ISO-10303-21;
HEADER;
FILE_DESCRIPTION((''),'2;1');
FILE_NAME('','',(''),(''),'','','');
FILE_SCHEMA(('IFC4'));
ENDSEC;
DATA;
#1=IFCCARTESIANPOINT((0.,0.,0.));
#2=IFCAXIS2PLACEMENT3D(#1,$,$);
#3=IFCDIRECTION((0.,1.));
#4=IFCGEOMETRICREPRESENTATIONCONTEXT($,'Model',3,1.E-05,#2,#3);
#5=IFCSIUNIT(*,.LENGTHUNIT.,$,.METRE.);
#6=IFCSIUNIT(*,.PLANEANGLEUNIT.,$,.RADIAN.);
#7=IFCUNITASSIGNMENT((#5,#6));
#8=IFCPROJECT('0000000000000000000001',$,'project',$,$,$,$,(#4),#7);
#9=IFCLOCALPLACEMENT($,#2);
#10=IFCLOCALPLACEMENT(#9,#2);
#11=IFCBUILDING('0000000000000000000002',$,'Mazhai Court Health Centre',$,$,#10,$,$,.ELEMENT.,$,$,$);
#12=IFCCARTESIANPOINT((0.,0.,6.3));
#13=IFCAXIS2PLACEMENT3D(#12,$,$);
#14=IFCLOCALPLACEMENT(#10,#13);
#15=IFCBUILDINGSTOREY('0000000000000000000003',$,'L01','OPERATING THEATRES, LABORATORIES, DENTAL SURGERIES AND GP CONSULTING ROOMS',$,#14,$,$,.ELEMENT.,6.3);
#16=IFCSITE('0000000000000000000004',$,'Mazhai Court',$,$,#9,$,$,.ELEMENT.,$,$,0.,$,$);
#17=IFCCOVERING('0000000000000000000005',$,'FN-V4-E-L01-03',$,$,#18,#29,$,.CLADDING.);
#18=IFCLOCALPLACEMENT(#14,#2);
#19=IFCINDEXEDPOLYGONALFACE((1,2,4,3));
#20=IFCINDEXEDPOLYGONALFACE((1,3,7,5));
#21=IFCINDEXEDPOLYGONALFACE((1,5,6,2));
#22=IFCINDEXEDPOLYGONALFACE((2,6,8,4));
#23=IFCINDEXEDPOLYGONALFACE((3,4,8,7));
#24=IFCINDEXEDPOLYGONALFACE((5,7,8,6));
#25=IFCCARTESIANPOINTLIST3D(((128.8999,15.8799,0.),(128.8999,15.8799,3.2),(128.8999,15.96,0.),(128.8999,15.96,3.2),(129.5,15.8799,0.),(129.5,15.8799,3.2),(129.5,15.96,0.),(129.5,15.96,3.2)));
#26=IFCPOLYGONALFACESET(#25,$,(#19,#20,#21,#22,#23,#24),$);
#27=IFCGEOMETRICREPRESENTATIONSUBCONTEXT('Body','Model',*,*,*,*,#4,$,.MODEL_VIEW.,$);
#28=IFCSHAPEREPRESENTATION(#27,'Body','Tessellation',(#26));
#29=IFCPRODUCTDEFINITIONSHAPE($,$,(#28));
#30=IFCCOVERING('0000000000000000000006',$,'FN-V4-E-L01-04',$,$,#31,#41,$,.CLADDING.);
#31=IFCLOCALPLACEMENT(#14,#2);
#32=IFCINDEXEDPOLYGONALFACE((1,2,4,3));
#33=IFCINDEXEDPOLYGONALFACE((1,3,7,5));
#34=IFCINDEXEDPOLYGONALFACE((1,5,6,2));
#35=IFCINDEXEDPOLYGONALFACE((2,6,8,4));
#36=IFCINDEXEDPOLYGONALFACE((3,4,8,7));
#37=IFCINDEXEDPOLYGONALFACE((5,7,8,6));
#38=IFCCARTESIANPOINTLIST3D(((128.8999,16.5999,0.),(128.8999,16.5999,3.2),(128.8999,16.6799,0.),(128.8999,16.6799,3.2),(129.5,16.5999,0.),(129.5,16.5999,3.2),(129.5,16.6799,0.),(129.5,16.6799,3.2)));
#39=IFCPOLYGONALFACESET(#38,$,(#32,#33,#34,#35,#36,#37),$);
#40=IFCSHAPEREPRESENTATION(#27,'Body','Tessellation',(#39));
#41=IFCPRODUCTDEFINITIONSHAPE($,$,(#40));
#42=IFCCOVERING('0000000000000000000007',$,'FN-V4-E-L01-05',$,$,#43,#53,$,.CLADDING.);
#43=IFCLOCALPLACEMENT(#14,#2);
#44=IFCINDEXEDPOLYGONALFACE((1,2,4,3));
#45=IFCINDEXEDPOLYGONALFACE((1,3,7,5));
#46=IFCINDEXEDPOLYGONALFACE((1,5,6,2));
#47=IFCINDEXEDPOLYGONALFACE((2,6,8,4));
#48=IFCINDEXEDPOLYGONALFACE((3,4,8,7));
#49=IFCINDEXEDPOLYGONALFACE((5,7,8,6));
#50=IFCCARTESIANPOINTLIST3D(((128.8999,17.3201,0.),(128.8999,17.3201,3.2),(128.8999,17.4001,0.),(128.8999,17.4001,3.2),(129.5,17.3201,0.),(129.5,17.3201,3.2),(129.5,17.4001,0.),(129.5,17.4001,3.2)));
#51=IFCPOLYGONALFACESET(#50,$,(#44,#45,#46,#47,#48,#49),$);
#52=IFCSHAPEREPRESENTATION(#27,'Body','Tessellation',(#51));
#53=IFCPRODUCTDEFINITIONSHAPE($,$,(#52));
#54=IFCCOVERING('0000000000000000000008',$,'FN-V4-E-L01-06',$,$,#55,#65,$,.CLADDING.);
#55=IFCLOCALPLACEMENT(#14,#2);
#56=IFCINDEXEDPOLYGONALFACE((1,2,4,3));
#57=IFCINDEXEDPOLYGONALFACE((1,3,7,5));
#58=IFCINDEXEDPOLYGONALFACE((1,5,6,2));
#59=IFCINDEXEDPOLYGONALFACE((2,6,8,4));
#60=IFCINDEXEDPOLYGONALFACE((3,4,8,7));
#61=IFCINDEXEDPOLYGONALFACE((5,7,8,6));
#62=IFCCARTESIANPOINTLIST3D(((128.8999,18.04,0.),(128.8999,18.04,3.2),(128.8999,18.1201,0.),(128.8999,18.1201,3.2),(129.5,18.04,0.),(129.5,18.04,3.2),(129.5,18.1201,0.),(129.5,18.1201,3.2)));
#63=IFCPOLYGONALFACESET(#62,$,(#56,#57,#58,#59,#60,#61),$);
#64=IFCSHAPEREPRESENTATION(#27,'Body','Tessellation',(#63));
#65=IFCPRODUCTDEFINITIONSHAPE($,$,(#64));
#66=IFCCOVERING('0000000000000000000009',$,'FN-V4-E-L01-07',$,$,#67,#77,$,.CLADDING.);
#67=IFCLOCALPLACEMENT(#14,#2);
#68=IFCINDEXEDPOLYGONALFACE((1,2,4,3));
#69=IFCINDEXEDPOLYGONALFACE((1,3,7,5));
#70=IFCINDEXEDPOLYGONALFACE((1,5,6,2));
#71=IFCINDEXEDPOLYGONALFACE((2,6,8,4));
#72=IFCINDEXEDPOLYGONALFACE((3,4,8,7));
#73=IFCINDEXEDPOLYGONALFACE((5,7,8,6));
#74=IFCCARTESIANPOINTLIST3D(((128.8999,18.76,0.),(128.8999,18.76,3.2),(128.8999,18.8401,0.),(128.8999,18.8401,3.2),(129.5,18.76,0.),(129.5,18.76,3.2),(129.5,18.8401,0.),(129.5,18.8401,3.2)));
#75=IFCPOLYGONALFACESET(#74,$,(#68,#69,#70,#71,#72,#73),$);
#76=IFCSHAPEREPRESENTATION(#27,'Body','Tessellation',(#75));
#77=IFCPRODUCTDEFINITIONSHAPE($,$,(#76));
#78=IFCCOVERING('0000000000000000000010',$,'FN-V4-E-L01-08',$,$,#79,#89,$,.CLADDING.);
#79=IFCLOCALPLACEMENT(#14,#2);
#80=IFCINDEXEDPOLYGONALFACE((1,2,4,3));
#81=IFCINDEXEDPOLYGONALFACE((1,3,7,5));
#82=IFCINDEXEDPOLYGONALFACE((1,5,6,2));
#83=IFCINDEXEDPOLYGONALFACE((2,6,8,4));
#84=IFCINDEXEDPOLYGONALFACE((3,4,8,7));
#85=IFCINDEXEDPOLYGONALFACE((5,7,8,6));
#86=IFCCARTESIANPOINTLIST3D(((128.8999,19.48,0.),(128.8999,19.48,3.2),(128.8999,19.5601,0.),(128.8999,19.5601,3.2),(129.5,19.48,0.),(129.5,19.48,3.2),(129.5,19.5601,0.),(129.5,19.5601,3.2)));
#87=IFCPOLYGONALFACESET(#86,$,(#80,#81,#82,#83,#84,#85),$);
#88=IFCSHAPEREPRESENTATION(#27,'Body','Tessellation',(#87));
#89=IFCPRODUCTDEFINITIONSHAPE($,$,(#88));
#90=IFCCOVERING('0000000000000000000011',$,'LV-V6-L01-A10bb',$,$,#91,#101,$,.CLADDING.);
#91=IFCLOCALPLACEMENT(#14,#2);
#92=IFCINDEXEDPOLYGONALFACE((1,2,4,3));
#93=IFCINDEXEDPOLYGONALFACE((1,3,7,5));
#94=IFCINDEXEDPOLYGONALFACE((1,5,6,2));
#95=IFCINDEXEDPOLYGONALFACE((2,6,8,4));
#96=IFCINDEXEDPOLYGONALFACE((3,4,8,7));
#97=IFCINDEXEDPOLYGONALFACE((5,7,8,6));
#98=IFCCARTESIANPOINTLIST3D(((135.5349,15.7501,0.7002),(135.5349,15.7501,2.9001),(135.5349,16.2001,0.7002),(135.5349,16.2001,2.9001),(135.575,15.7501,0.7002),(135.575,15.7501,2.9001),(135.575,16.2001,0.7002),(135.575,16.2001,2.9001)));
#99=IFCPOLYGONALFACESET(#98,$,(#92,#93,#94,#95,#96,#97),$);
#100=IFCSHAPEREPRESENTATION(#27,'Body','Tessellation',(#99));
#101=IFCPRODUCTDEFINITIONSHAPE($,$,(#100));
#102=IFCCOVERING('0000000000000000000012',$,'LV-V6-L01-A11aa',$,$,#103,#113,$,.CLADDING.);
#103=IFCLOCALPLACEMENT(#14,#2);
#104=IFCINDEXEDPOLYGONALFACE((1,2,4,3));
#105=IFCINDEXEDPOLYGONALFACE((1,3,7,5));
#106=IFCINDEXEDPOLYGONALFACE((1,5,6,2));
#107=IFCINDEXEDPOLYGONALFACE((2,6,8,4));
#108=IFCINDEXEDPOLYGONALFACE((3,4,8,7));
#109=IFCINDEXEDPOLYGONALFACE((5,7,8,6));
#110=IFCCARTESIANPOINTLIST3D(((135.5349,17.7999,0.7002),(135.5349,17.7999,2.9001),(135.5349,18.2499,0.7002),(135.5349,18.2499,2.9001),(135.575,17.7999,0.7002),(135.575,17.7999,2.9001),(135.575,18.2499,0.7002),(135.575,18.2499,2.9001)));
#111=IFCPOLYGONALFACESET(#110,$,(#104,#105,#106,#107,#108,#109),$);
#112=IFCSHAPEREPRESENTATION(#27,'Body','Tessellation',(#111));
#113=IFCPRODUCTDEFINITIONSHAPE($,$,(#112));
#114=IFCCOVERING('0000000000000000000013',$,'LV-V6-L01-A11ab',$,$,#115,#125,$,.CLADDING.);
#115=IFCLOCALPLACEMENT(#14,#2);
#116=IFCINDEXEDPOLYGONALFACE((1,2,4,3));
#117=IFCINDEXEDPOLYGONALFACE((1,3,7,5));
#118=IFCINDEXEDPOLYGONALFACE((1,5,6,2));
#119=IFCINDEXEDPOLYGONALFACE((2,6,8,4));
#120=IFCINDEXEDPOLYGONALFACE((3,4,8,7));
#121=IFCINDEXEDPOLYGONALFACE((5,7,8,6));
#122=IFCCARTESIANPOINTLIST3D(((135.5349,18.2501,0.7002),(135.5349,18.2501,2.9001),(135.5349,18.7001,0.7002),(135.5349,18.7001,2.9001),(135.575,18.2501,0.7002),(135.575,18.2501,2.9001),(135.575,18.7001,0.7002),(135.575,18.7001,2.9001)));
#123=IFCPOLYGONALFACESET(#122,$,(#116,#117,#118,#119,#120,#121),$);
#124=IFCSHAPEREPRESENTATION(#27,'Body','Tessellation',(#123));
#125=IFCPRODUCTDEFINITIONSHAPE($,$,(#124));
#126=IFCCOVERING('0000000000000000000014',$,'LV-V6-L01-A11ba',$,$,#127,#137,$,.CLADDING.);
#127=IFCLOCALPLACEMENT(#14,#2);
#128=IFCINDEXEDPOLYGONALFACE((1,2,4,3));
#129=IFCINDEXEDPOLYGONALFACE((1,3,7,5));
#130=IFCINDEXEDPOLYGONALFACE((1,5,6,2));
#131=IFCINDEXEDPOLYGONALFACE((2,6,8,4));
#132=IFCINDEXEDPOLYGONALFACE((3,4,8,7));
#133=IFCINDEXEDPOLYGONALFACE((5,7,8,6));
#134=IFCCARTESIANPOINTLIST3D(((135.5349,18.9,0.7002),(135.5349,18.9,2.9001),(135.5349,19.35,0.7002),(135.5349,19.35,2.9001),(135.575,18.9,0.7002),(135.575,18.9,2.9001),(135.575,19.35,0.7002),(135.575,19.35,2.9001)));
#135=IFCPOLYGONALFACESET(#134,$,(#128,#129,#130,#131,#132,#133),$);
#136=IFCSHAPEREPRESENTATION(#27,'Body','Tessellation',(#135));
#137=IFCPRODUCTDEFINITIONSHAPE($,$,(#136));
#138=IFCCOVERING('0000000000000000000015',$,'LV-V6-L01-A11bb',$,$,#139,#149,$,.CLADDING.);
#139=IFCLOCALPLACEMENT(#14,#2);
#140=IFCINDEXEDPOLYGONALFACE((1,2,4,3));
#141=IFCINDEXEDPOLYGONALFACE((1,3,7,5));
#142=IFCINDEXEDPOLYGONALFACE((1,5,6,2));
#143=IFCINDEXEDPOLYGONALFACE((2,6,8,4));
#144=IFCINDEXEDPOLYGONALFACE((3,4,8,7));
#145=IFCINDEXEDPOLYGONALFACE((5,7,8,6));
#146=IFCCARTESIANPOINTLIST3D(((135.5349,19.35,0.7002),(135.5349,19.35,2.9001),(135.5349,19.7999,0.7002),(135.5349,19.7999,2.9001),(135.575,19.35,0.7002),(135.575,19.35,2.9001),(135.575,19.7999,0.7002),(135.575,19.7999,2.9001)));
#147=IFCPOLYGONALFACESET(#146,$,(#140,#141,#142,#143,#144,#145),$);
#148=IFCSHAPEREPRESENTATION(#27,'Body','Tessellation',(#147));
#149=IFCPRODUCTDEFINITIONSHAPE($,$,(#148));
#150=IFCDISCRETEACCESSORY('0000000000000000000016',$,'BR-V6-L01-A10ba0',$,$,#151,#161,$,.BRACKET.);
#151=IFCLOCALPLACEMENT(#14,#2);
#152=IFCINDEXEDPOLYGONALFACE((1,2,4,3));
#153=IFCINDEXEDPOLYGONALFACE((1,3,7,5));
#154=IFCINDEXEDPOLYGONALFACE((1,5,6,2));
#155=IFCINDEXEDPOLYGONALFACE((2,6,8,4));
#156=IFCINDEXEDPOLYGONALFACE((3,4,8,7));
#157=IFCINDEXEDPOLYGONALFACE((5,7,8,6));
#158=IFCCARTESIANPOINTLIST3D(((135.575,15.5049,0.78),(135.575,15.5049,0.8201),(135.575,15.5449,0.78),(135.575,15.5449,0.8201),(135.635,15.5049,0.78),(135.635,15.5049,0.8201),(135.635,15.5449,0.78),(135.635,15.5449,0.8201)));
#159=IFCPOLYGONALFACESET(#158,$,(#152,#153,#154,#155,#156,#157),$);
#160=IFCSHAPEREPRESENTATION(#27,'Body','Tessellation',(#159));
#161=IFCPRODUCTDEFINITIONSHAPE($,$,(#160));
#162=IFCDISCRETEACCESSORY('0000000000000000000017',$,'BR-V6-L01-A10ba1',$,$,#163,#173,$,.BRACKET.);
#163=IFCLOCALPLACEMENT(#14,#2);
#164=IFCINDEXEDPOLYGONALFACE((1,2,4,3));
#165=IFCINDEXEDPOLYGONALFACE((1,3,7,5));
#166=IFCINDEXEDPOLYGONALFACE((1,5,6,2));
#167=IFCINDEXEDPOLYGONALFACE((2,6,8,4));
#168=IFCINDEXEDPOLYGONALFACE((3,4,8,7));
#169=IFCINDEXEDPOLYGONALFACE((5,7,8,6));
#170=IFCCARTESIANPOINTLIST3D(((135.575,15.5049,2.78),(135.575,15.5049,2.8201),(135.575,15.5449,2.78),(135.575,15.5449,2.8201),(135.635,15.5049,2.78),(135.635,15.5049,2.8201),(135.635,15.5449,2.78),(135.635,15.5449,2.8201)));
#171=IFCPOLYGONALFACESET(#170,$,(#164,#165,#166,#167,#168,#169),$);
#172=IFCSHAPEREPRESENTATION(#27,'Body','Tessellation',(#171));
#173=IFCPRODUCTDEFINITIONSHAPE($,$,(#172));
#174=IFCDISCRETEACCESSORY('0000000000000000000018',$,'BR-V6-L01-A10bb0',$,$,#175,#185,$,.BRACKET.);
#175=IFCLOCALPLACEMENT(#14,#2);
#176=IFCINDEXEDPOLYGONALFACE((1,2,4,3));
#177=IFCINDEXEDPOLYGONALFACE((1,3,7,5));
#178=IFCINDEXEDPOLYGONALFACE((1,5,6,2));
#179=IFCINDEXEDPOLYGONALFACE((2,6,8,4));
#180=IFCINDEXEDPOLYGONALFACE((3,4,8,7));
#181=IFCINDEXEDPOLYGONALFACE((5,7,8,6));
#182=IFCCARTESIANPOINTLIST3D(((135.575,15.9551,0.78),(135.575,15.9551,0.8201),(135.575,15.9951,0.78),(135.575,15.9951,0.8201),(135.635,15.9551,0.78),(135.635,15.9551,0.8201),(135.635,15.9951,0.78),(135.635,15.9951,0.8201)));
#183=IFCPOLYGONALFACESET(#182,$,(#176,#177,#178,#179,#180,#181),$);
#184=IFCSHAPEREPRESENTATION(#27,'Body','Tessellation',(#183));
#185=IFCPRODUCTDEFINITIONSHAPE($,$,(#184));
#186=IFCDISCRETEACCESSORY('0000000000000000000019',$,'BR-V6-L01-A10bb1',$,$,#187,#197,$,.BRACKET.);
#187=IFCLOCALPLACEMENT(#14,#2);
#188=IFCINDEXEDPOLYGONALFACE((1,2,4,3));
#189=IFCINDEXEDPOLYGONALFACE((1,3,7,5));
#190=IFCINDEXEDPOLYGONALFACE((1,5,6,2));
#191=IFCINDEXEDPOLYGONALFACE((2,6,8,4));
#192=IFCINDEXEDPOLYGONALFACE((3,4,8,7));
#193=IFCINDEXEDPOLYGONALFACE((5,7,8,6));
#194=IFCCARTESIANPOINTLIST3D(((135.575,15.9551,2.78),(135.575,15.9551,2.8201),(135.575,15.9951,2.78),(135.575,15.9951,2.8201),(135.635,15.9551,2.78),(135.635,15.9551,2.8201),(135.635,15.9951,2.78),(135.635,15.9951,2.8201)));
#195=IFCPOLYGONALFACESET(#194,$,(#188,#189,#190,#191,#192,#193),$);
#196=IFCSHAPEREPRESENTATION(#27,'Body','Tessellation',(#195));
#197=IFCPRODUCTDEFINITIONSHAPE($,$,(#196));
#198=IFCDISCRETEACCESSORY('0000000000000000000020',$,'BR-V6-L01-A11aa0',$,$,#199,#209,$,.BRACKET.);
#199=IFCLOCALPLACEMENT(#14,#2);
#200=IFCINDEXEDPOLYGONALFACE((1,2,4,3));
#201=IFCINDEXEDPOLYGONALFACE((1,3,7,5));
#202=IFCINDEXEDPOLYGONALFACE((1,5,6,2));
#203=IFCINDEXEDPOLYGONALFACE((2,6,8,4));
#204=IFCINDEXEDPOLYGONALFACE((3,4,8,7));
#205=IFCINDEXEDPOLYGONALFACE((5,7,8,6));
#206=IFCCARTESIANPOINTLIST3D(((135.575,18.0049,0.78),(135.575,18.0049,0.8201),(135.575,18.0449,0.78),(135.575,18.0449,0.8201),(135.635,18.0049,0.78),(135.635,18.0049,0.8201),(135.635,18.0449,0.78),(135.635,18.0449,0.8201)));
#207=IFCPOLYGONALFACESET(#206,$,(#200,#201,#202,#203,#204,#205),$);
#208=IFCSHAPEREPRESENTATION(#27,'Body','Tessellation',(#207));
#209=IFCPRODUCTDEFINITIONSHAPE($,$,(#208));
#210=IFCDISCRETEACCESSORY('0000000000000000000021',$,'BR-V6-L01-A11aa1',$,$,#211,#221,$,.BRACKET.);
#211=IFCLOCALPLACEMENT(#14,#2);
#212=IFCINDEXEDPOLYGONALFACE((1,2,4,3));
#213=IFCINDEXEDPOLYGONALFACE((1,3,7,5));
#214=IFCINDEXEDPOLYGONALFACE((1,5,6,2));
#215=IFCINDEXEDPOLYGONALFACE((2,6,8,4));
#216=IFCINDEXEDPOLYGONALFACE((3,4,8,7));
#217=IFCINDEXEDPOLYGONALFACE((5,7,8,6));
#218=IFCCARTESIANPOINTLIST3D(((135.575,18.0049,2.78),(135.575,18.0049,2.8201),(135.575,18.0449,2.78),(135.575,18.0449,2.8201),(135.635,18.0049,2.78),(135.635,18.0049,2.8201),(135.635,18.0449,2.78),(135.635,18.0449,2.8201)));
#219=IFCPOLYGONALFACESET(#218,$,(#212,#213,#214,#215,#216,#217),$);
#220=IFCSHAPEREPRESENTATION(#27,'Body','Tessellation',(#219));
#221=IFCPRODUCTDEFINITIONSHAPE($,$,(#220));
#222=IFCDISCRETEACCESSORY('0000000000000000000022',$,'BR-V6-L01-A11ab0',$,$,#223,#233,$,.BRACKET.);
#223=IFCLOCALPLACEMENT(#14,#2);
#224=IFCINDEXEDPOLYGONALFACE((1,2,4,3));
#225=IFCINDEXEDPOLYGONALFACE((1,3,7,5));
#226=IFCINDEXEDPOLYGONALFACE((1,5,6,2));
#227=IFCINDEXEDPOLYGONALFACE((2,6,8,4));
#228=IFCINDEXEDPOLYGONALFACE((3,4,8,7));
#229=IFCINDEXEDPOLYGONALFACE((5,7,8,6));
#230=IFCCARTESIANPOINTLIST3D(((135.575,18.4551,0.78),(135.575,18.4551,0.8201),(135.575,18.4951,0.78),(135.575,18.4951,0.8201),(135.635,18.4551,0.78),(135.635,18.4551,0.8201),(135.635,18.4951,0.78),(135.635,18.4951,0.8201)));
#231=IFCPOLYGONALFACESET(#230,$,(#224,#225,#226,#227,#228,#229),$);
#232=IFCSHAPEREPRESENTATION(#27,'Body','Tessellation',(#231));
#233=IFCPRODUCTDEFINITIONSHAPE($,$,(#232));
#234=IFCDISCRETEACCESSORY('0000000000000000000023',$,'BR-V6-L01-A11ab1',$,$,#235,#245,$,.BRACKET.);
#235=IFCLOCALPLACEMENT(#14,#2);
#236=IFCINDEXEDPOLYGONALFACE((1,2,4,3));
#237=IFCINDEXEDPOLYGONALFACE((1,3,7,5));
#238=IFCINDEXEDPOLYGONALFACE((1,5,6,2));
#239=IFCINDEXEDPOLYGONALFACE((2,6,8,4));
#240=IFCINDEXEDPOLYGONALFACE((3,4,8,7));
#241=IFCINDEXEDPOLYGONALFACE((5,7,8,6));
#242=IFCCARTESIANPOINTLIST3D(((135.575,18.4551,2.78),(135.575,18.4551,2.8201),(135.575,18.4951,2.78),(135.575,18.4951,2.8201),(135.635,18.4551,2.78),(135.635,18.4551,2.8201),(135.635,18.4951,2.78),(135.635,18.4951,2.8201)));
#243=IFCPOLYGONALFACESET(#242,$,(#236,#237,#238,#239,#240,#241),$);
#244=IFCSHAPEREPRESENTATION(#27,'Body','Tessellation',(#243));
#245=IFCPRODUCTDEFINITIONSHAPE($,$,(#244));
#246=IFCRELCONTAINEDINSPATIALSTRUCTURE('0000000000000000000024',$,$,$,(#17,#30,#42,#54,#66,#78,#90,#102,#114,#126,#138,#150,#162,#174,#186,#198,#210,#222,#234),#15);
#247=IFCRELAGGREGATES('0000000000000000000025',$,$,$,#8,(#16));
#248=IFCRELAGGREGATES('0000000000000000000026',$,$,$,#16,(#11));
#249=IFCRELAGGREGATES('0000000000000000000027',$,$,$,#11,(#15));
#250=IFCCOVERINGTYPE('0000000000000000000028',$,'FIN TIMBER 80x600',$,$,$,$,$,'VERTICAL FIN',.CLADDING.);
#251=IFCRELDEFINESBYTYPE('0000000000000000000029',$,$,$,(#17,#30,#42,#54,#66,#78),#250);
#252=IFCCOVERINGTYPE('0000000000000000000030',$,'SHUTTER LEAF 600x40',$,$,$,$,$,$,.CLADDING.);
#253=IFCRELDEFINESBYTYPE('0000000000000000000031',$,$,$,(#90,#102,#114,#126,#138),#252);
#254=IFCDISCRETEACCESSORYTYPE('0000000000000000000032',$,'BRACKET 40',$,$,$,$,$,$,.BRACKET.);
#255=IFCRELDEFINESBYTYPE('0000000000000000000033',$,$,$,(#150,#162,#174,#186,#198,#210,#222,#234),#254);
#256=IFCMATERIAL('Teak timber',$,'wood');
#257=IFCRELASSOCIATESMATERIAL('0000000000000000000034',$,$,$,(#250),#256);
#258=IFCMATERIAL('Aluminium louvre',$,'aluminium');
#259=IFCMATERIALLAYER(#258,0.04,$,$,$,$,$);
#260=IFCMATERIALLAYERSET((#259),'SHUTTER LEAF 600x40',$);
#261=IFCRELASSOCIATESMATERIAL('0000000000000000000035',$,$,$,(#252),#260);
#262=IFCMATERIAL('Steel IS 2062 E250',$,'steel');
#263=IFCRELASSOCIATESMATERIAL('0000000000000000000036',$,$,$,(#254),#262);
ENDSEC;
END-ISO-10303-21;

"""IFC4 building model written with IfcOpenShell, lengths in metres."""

from ifc_helpers import new_model, si_unit, direction, frame, origin, origin_2d, place, context, subcontext, project, spatial, rectangle, extrude, material, layer, layer_set, type_object, element, save


model = new_model("IFC4")

# Units and contexts
model_context = context("Model", 3, precision=1e-05, world=origin(), true_north=direction((0.0, 1.0)))
body_context = subcontext(model_context, "Body", "Model", "MODEL_VIEW")
ifc_project = project(units=[si_unit("LENGTHUNIT", "METRE"), si_unit("PLANEANGLEUNIT", "RADIAN")], contexts=[model_context])

# Site, building, storey
site_placement = place(None, origin())
site = spatial("IfcSite", under=ifc_project, at=site_placement, Name="Mazhai Court", CompositionType="ELEMENT", RefElevation=0.0)
building_placement = place(site_placement, origin())
building = spatial("IfcBuilding", under=site, at=building_placement, Name="Mazhai Court Health Centre", CompositionType="ELEMENT")
storey_placement = place(building_placement, frame((0.0, 0.0, 6.3)))
storey = spatial("IfcBuildingStorey", under=building, at=storey_placement, Name="L01", Description="OPERATING THEATRES, LABORATORIES, DENTAL SURGERIES AND GP CONSULTING ROOMS", CompositionType="ELEMENT", Elevation=6.3)

# Coverings
ifc_material_1 = material(Name="Teak timber", Category="wood")
covering_type_1 = type_object("IfcCoveringType", Name="FIN TIMBER 80x600", ElementType="VERTICAL FIN", PredefinedType="CLADDING", material=ifc_material_1)
for number, where, z_axis, x_axis, name in (
    (1, (129.2, 15.9199, 0.0), (0.0, 0.0, 1.0), (0.0, 1.0, 0.0), "FN-V4-E-L01-03"),
    (2, (129.2, 16.6399, 0.0), (0.0, 0.0, 1.0), (0.0, 1.0, 0.0), "FN-V4-E-L01-04"),
    (3, (129.2, 17.3601, 0.0), (0.0, 0.0, 1.0), (0.0, 1.0, 0.0), "FN-V4-E-L01-05"),
    (4, (129.2, 18.0801, 0.0), (0.0, 0.0, 1.0), (0.0, 1.0, 0.0), "FN-V4-E-L01-06"),
    (5, (129.2, 18.8, 0.0), (0.0, 0.0, 1.0), (0.0, 1.0, 0.0), "FN-V4-E-L01-07"),
    (6, (129.2, 19.52, 0.0), (0.0, 0.0, 1.0), (0.0, 1.0, 0.0), "FN-V4-E-L01-08"),
):
    element("IfcCovering", number, at=place(storey_placement, frame(where, z_axis=z_axis, x_axis=x_axis)), inside=storey, type_object=covering_type_1, Name=name, PredefinedType="CLADDING", context=body_context, shape_type="SweptSolid", body=[
        extrude(rectangle(XDim=0.0801, YDim=0.6001, at=origin_2d()), origin(), (0.0, 0.0, 1.0), 3.2),
    ])
ifc_material_2 = material(Name="Aluminium louvre", Category="aluminium")
ifc_layer = layer(ifc_material_2, 0.04)
ifc_layer_set = layer_set([ifc_layer], Name="SHUTTER LEAF 600x40")
covering_type_2 = type_object("IfcCoveringType", Name="SHUTTER LEAF 600x40", PredefinedType="CLADDING", material=ifc_layer_set)
for number, where, z_axis, x_axis, name in (
    (7, (135.5549, 15.9751, 0.7002), (0.0, 0.0, 1.0), (0.0, 1.0, 0.0), "LV-V6-L01-A10bb"),
    (8, (135.5549, 18.0249, 0.7002), (0.0, 0.0, 1.0), (0.0, 1.0, 0.0), "LV-V6-L01-A11aa"),
    (9, (135.5549, 18.4751, 0.7002), (0.0, 0.0, 1.0), (0.0, 1.0, 0.0), "LV-V6-L01-A11ab"),
    (10, (135.5549, 19.125, 0.7002), (0.0, 0.0, 1.0), (0.0, 1.0, 0.0), "LV-V6-L01-A11ba"),
    (11, (135.5549, 19.575, 0.7002), (0.0, 0.0, 1.0), (0.0, 1.0, 0.0), "LV-V6-L01-A11bb"),
):
    element("IfcCovering", number, at=place(storey_placement, frame(where, z_axis=z_axis, x_axis=x_axis)), inside=storey, type_object=covering_type_2, Name=name, PredefinedType="CLADDING", context=body_context, shape_type="SweptSolid", body=[
        extrude(rectangle(XDim=0.45, YDim=0.04, at=origin_2d()), origin(), (0.0, 0.0, 1.0), 2.2),
    ])

# Discrete accessories
ifc_material_3 = material(Name="Steel IS 2062 E250", Category="steel")
discrete_accessory_type = type_object("IfcDiscreteAccessoryType", Name="BRACKET 40", PredefinedType="BRACKET", material=ifc_material_3)
for number, where, z_axis, x_axis, name in (
    (12, (135.605, 15.5249, 0.78), (0.0, 0.0, 1.0), (0.0, 1.0, 0.0), "BR-V6-L01-A10ba0"),
    (13, (135.605, 15.5249, 2.78), (0.0, 0.0, 1.0), (0.0, 1.0, 0.0), "BR-V6-L01-A10ba1"),
    (14, (135.605, 15.9751, 0.78), (0.0, 0.0, 1.0), (0.0, 1.0, 0.0), "BR-V6-L01-A10bb0"),
    (15, (135.605, 15.9751, 2.78), (0.0, 0.0, 1.0), (0.0, 1.0, 0.0), "BR-V6-L01-A10bb1"),
    (16, (135.605, 18.0249, 0.78), (0.0, 0.0, 1.0), (0.0, 1.0, 0.0), "BR-V6-L01-A11aa0"),
    (17, (135.605, 18.0249, 2.78), (0.0, 0.0, 1.0), (0.0, 1.0, 0.0), "BR-V6-L01-A11aa1"),
    (18, (135.605, 18.4751, 0.78), (0.0, 0.0, 1.0), (0.0, 1.0, 0.0), "BR-V6-L01-A11ab0"),
    (19, (135.605, 18.4751, 2.78), (0.0, 0.0, 1.0), (0.0, 1.0, 0.0), "BR-V6-L01-A11ab1"),
):
    element("IfcDiscreteAccessory", number, at=place(storey_placement, frame(where, z_axis=z_axis, x_axis=x_axis)), inside=storey, type_object=discrete_accessory_type, Name=name, PredefinedType="BRACKET", context=body_context, shape_type="SweptSolid", body=[
        extrude(rectangle(XDim=0.04, YDim=0.0601, at=origin_2d()), origin(), (0.0, 0.0, 1.0), 0.04),
    ])

save(model, "model.ifc")
